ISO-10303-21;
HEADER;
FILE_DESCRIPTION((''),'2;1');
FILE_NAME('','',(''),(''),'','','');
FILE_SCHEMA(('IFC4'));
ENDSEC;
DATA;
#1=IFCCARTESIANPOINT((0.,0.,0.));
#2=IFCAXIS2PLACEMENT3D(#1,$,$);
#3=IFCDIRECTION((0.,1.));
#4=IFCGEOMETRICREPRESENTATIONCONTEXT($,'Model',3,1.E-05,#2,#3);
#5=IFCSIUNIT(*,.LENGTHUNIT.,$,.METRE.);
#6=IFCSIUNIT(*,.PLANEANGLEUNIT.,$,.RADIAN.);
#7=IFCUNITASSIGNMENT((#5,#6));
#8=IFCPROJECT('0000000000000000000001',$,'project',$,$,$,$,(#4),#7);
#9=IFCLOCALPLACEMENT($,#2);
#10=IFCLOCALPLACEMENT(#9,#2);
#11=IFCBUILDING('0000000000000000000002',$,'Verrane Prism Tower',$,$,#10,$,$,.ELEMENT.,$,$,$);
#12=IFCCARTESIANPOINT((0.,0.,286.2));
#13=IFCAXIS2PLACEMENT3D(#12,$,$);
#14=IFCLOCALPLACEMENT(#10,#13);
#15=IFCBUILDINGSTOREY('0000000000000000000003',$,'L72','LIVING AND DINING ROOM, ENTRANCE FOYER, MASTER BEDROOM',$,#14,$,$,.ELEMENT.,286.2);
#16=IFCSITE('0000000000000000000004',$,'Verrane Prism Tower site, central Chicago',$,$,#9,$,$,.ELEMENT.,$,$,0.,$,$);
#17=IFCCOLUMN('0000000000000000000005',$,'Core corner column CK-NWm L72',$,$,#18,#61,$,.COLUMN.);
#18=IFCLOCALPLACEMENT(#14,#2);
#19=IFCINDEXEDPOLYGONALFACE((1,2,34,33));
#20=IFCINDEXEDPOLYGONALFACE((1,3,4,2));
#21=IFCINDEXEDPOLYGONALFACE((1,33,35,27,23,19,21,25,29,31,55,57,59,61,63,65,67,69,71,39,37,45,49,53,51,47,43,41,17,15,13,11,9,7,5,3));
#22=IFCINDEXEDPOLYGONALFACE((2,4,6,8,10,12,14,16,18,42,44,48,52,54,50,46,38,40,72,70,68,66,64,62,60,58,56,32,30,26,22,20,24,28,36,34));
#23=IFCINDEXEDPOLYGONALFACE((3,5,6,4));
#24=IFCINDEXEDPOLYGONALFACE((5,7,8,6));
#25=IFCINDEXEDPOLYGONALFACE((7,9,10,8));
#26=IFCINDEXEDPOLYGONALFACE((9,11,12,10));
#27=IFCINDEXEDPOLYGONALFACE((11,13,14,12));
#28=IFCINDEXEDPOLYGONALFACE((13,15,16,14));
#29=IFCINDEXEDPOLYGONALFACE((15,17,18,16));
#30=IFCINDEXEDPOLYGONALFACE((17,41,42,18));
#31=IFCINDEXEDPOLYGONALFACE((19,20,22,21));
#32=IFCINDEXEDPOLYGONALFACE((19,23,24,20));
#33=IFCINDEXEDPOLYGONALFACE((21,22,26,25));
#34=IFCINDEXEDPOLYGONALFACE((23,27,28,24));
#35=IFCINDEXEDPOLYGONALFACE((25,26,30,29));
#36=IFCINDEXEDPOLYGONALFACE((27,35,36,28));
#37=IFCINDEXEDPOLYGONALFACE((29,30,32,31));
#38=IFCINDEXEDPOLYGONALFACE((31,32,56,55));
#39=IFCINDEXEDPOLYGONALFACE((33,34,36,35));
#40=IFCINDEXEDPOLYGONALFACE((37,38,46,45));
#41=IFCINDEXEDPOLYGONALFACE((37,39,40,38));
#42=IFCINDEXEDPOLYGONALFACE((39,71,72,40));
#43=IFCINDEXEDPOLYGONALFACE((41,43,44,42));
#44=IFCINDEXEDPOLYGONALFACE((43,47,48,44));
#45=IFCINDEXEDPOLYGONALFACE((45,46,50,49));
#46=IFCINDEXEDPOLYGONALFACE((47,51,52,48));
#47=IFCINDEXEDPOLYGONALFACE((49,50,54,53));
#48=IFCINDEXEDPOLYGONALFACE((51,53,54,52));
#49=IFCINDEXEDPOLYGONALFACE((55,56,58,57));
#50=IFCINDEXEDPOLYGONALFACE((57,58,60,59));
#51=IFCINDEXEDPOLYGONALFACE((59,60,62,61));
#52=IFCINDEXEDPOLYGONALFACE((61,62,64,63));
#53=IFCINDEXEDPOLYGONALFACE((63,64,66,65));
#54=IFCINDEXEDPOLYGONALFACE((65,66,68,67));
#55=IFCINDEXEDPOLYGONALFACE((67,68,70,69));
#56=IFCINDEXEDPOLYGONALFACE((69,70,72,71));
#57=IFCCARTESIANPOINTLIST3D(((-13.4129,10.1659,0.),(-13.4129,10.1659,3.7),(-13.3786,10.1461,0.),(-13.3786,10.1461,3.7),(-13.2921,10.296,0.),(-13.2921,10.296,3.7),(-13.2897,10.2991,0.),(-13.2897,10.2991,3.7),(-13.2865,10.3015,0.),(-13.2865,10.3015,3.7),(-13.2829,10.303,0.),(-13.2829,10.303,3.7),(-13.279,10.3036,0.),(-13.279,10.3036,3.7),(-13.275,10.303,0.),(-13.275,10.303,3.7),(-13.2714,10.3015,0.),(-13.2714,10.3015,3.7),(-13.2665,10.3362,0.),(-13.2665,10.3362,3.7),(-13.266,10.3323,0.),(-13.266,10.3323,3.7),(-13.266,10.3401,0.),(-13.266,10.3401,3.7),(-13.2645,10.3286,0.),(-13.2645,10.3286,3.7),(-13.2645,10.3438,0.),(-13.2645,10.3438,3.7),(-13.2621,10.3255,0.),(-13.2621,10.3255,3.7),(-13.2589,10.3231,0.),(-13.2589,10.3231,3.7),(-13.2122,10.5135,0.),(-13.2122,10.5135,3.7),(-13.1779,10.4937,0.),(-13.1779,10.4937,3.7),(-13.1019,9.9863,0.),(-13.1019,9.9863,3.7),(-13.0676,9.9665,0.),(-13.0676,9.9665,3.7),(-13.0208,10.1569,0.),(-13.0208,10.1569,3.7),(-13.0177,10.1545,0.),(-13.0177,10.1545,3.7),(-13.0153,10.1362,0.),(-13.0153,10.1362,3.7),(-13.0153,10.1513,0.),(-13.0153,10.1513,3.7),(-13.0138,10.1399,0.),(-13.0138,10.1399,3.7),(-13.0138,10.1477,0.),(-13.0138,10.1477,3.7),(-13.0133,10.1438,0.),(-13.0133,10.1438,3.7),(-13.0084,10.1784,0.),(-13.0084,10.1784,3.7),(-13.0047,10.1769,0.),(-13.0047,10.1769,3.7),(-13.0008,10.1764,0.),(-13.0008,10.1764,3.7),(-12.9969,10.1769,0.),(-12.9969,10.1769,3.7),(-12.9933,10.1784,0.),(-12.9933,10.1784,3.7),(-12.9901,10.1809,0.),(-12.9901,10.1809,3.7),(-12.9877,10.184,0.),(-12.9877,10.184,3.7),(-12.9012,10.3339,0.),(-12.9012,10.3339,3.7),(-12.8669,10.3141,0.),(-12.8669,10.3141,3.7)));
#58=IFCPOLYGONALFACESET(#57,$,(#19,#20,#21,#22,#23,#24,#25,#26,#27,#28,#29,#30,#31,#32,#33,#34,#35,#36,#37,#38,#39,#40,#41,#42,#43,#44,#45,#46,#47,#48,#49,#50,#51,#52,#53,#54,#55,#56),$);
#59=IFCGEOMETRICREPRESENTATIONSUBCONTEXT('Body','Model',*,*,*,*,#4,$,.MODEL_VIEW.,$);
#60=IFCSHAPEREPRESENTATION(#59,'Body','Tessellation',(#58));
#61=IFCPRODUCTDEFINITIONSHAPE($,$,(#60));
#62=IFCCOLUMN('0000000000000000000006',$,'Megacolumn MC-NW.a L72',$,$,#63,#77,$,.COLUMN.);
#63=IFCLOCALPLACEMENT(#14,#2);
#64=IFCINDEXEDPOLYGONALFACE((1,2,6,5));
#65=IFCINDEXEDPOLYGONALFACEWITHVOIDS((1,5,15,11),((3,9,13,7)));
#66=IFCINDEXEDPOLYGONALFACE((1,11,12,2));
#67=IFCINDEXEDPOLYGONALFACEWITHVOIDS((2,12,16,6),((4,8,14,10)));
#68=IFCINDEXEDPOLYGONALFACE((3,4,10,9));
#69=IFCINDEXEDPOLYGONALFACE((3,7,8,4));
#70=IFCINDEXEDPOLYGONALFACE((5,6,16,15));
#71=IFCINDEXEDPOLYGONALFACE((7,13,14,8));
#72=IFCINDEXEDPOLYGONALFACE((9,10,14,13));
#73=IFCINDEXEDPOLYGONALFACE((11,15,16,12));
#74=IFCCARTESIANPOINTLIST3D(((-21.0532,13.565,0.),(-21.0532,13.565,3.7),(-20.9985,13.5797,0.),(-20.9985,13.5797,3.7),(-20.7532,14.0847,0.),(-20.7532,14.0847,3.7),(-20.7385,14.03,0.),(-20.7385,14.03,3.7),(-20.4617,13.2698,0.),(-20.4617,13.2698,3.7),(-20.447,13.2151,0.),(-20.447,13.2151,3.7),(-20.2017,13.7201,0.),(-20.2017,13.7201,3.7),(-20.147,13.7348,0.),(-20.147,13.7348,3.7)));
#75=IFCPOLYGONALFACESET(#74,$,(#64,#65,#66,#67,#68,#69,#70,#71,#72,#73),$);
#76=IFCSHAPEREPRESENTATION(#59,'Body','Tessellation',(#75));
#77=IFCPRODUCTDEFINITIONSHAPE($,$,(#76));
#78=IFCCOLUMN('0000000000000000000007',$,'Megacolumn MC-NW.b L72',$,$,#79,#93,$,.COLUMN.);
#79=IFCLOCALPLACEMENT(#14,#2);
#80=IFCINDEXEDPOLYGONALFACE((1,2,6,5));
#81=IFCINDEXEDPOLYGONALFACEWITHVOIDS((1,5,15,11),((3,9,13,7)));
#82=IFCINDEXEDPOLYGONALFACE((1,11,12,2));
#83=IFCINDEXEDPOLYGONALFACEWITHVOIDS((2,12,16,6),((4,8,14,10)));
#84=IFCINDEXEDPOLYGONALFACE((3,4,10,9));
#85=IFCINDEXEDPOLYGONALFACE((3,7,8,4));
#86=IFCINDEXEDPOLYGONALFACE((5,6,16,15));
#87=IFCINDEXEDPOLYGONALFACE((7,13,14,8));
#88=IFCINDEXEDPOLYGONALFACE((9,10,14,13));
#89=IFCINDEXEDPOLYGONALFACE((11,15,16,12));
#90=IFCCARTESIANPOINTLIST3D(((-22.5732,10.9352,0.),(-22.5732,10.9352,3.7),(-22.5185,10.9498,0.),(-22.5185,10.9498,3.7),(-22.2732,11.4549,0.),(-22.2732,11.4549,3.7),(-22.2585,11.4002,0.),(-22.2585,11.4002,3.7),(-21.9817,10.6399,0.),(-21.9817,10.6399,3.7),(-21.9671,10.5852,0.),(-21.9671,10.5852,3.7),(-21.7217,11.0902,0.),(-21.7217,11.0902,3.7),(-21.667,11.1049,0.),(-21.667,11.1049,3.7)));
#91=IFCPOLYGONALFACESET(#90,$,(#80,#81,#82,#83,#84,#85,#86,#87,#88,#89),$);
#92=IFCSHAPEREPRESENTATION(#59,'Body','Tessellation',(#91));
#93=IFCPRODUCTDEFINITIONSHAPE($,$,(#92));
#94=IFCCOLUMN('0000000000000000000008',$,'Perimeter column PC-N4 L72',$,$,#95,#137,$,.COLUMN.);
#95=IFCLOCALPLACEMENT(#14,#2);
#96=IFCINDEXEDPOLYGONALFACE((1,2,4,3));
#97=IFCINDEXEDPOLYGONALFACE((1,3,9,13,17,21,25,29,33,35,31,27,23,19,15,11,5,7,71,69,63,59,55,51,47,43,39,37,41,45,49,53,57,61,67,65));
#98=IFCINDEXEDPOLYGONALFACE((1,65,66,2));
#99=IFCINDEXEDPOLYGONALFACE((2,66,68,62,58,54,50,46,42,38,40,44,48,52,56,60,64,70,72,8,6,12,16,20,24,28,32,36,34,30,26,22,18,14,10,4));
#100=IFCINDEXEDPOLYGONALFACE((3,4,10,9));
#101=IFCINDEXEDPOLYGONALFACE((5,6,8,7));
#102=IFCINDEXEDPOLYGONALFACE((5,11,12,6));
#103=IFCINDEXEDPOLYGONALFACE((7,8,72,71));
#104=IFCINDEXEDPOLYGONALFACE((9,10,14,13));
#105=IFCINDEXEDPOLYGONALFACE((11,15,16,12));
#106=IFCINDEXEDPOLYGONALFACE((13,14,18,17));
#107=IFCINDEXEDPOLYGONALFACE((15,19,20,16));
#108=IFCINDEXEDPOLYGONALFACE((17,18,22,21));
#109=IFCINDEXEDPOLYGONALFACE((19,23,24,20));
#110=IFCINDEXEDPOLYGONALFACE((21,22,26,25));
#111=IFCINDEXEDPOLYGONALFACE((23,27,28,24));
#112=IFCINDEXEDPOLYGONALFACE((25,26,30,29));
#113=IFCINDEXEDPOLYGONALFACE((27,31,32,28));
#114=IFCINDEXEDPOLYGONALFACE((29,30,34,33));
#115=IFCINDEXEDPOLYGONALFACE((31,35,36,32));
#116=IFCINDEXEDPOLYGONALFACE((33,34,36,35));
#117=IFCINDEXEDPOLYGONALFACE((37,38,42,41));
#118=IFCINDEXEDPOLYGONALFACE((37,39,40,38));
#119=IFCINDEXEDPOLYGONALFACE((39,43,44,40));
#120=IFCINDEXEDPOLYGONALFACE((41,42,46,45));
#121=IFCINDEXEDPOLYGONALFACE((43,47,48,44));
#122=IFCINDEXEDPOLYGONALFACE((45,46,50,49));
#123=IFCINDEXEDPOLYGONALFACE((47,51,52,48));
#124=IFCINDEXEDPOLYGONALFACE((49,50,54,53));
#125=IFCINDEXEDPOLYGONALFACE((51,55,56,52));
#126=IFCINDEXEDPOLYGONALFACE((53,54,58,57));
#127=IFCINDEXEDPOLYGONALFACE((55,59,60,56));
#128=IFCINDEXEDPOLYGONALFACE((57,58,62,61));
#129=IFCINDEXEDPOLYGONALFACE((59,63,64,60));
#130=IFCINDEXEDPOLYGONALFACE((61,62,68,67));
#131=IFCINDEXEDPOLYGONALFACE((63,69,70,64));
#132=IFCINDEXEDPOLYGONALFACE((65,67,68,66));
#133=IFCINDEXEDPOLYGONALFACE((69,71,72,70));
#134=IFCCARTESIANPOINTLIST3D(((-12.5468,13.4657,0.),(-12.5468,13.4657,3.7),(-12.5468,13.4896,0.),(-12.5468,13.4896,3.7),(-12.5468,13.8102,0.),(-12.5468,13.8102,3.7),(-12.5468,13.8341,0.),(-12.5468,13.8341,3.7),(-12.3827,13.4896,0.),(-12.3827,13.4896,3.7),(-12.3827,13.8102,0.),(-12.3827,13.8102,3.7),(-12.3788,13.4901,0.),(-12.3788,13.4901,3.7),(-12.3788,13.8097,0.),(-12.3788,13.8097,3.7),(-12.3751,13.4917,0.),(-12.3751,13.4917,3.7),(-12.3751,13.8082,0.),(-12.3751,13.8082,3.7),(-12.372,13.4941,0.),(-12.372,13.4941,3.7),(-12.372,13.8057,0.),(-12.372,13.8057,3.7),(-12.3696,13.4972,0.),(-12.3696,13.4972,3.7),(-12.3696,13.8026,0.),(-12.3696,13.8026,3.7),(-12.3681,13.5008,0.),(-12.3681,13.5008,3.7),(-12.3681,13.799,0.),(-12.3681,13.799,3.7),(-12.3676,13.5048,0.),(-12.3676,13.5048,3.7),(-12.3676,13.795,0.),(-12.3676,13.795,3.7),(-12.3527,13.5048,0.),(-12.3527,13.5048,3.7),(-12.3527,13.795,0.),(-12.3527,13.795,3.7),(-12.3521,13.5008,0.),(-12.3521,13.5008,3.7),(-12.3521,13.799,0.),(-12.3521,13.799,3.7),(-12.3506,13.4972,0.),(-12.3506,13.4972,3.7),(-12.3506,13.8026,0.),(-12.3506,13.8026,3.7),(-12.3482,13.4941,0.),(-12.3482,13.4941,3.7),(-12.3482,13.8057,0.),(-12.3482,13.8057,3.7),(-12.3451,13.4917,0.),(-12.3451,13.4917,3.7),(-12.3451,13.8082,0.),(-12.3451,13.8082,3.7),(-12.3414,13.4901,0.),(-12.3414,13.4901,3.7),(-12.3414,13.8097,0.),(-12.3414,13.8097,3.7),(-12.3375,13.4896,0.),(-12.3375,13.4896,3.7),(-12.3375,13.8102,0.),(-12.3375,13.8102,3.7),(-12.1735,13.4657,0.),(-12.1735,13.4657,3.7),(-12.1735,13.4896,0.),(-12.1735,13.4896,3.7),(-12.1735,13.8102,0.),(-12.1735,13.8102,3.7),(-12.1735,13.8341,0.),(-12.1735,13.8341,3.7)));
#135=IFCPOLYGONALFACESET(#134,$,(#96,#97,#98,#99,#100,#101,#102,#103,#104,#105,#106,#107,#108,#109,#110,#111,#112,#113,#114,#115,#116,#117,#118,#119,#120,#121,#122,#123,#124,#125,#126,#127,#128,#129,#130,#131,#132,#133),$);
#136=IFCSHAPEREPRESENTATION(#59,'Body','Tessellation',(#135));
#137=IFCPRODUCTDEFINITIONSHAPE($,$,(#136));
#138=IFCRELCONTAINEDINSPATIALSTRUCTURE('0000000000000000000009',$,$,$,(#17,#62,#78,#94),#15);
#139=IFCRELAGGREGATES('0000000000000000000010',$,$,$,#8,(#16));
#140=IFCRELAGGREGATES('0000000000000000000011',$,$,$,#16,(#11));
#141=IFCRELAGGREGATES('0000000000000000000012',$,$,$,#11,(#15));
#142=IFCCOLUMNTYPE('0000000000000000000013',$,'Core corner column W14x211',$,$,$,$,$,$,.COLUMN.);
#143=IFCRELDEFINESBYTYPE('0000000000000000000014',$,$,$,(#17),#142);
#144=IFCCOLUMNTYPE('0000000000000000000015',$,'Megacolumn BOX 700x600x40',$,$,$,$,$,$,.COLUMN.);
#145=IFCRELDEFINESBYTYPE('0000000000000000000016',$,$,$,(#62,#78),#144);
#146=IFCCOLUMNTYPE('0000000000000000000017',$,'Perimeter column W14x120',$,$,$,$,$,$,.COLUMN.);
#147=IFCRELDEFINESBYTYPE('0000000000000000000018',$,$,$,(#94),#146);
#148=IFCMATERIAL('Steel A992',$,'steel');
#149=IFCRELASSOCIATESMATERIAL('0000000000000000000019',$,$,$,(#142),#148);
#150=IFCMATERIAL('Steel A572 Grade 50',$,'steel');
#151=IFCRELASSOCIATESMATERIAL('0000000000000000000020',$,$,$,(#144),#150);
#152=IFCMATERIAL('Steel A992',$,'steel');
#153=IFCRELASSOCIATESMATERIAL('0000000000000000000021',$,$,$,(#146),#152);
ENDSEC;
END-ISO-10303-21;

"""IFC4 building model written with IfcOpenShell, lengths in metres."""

from ifc_helpers import new_model, si_unit, direction, frame, origin, origin_2d, place, context, subcontext, project, spatial, hollow_rectangle, i_section, extrude, material, material_profile, profile_set, type_object, element, save


model = new_model("IFC4")

# Units and contexts
model_context = context("Model", 3, precision=1e-05, world=origin(), true_north=direction((0.0, 1.0)))
body_context = subcontext(model_context, "Body", "Model", "MODEL_VIEW")
ifc_project = project(units=[si_unit("LENGTHUNIT", "METRE"), si_unit("PLANEANGLEUNIT", "RADIAN")], contexts=[model_context])

# Site, building, storey
site_placement = place(None, origin())
site = spatial("IfcSite", under=ifc_project, at=site_placement, Name="Verrane Prism Tower site, central Chicago", CompositionType="ELEMENT", RefElevation=0.0)
building_placement = place(site_placement, origin())
building = spatial("IfcBuilding", under=site, at=building_placement, Name="Verrane Prism Tower", CompositionType="ELEMENT")
storey_placement = place(building_placement, frame((0.0, 0.0, 286.2)))
storey = spatial("IfcBuildingStorey", under=building, at=storey_placement, Name="L72", Description="LIVING AND DINING ROOM, ENTRANCE FOYER, MASTER BEDROOM", CompositionType="ELEMENT", Elevation=286.2)

# Columns
ifc_material_1 = material(Name="Steel A992", Category="steel")
ifc_material_profile_1 = material_profile(ifc_material_1, i_section(OverallWidth=0.4014, OverallDepth=0.3987, WebThickness=0.0249, FlangeThickness=0.0396, FilletRadius=0.0151, at=origin_2d()), Name="W14x211")
ifc_profile_set_1 = profile_set([ifc_material_profile_1], Name="Steel A992")
column_type_1 = type_object("IfcColumnType", Name="Core corner column W14x211", PredefinedType="COLUMN", material=ifc_profile_set_1)
column_1_placement = place(storey_placement, frame((-13.1399, 10.24, 0.0), z_axis=(0.0, 0.0, 1.0), x_axis=(0.5, 0.866025, 0.0)))
element("IfcColumn", 1, at=column_1_placement, inside=storey, type_object=column_type_1, Name="Core corner column CK-NWm L72", PredefinedType="COLUMN", context=body_context, shape_type="SweptSolid", body=[
    extrude(i_section(OverallWidth=0.4014, OverallDepth=0.3987, WebThickness=0.0249, FlangeThickness=0.0396, FilletRadius=0.0151, at=origin_2d()), origin(), (0.0, 0.0, 1.0), 3.7),
])
ifc_material_2 = material(Name="Steel A572 Grade 50", Category="steel")
ifc_material_profile_2 = material_profile(ifc_material_2, hollow_rectangle(XDim=0.6001, YDim=0.7, WallThickness=0.04, at=origin_2d()), Name="BOX 700x600x40")
ifc_profile_set_2 = profile_set([ifc_material_profile_2], Name="Steel A572 Grade 50")
column_type_2 = type_object("IfcColumnType", Name="Megacolumn BOX 700x600x40", PredefinedType="COLUMN", material=ifc_profile_set_2)
for number, where, z_axis, x_axis, name in (
    (2, (-20.6001, 13.6499, 0.0), (0.0, 0.0, 1.0), (0.5, 0.866025, 0.0), "Megacolumn MC-NW.a L72"),
    (3, (-22.1201, 11.02, 0.0), (0.0, 0.0, 1.0), (0.5, 0.866025, 0.0), "Megacolumn MC-NW.b L72"),
):
    element("IfcColumn", number, at=place(storey_placement, frame(where, z_axis=z_axis, x_axis=x_axis)), inside=storey, type_object=column_type_2, Name=name, PredefinedType="COLUMN", context=body_context, shape_type="SweptSolid", body=[
        extrude(hollow_rectangle(XDim=0.6001, YDim=0.7, WallThickness=0.04, at=origin_2d()), origin(), (0.0, 0.0, 1.0), 3.7),
    ])
ifc_material_3 = material(Name="Steel A992", Category="steel")
ifc_material_profile_3 = material_profile(ifc_material_3, i_section(OverallWidth=0.3733, OverallDepth=0.3684, WebThickness=0.0149, FlangeThickness=0.0239, FilletRadius=0.0151, at=origin_2d()), Name="W14x120")
ifc_profile_set_3 = profile_set([ifc_material_profile_3], Name="Steel A992")
column_type_3 = type_object("IfcColumnType", Name="Perimeter column W14x120", PredefinedType="COLUMN", material=ifc_profile_set_3)
column_2_placement = place(storey_placement, frame((-12.3601, 13.6499, 0.0), z_axis=(0.0, 0.0, 1.0), x_axis=(1.0, 0.0, 0.0)))
element("IfcColumn", 4, at=column_2_placement, inside=storey, type_object=column_type_3, Name="Perimeter column PC-N4 L72", PredefinedType="COLUMN", context=body_context, shape_type="SweptSolid", body=[
    extrude(i_section(OverallWidth=0.3733, OverallDepth=0.3684, WebThickness=0.0149, FlangeThickness=0.0239, FilletRadius=0.0151, at=origin_2d()), origin(), (0.0, 0.0, 1.0), 3.7),
])

save(model, "model.ifc")
